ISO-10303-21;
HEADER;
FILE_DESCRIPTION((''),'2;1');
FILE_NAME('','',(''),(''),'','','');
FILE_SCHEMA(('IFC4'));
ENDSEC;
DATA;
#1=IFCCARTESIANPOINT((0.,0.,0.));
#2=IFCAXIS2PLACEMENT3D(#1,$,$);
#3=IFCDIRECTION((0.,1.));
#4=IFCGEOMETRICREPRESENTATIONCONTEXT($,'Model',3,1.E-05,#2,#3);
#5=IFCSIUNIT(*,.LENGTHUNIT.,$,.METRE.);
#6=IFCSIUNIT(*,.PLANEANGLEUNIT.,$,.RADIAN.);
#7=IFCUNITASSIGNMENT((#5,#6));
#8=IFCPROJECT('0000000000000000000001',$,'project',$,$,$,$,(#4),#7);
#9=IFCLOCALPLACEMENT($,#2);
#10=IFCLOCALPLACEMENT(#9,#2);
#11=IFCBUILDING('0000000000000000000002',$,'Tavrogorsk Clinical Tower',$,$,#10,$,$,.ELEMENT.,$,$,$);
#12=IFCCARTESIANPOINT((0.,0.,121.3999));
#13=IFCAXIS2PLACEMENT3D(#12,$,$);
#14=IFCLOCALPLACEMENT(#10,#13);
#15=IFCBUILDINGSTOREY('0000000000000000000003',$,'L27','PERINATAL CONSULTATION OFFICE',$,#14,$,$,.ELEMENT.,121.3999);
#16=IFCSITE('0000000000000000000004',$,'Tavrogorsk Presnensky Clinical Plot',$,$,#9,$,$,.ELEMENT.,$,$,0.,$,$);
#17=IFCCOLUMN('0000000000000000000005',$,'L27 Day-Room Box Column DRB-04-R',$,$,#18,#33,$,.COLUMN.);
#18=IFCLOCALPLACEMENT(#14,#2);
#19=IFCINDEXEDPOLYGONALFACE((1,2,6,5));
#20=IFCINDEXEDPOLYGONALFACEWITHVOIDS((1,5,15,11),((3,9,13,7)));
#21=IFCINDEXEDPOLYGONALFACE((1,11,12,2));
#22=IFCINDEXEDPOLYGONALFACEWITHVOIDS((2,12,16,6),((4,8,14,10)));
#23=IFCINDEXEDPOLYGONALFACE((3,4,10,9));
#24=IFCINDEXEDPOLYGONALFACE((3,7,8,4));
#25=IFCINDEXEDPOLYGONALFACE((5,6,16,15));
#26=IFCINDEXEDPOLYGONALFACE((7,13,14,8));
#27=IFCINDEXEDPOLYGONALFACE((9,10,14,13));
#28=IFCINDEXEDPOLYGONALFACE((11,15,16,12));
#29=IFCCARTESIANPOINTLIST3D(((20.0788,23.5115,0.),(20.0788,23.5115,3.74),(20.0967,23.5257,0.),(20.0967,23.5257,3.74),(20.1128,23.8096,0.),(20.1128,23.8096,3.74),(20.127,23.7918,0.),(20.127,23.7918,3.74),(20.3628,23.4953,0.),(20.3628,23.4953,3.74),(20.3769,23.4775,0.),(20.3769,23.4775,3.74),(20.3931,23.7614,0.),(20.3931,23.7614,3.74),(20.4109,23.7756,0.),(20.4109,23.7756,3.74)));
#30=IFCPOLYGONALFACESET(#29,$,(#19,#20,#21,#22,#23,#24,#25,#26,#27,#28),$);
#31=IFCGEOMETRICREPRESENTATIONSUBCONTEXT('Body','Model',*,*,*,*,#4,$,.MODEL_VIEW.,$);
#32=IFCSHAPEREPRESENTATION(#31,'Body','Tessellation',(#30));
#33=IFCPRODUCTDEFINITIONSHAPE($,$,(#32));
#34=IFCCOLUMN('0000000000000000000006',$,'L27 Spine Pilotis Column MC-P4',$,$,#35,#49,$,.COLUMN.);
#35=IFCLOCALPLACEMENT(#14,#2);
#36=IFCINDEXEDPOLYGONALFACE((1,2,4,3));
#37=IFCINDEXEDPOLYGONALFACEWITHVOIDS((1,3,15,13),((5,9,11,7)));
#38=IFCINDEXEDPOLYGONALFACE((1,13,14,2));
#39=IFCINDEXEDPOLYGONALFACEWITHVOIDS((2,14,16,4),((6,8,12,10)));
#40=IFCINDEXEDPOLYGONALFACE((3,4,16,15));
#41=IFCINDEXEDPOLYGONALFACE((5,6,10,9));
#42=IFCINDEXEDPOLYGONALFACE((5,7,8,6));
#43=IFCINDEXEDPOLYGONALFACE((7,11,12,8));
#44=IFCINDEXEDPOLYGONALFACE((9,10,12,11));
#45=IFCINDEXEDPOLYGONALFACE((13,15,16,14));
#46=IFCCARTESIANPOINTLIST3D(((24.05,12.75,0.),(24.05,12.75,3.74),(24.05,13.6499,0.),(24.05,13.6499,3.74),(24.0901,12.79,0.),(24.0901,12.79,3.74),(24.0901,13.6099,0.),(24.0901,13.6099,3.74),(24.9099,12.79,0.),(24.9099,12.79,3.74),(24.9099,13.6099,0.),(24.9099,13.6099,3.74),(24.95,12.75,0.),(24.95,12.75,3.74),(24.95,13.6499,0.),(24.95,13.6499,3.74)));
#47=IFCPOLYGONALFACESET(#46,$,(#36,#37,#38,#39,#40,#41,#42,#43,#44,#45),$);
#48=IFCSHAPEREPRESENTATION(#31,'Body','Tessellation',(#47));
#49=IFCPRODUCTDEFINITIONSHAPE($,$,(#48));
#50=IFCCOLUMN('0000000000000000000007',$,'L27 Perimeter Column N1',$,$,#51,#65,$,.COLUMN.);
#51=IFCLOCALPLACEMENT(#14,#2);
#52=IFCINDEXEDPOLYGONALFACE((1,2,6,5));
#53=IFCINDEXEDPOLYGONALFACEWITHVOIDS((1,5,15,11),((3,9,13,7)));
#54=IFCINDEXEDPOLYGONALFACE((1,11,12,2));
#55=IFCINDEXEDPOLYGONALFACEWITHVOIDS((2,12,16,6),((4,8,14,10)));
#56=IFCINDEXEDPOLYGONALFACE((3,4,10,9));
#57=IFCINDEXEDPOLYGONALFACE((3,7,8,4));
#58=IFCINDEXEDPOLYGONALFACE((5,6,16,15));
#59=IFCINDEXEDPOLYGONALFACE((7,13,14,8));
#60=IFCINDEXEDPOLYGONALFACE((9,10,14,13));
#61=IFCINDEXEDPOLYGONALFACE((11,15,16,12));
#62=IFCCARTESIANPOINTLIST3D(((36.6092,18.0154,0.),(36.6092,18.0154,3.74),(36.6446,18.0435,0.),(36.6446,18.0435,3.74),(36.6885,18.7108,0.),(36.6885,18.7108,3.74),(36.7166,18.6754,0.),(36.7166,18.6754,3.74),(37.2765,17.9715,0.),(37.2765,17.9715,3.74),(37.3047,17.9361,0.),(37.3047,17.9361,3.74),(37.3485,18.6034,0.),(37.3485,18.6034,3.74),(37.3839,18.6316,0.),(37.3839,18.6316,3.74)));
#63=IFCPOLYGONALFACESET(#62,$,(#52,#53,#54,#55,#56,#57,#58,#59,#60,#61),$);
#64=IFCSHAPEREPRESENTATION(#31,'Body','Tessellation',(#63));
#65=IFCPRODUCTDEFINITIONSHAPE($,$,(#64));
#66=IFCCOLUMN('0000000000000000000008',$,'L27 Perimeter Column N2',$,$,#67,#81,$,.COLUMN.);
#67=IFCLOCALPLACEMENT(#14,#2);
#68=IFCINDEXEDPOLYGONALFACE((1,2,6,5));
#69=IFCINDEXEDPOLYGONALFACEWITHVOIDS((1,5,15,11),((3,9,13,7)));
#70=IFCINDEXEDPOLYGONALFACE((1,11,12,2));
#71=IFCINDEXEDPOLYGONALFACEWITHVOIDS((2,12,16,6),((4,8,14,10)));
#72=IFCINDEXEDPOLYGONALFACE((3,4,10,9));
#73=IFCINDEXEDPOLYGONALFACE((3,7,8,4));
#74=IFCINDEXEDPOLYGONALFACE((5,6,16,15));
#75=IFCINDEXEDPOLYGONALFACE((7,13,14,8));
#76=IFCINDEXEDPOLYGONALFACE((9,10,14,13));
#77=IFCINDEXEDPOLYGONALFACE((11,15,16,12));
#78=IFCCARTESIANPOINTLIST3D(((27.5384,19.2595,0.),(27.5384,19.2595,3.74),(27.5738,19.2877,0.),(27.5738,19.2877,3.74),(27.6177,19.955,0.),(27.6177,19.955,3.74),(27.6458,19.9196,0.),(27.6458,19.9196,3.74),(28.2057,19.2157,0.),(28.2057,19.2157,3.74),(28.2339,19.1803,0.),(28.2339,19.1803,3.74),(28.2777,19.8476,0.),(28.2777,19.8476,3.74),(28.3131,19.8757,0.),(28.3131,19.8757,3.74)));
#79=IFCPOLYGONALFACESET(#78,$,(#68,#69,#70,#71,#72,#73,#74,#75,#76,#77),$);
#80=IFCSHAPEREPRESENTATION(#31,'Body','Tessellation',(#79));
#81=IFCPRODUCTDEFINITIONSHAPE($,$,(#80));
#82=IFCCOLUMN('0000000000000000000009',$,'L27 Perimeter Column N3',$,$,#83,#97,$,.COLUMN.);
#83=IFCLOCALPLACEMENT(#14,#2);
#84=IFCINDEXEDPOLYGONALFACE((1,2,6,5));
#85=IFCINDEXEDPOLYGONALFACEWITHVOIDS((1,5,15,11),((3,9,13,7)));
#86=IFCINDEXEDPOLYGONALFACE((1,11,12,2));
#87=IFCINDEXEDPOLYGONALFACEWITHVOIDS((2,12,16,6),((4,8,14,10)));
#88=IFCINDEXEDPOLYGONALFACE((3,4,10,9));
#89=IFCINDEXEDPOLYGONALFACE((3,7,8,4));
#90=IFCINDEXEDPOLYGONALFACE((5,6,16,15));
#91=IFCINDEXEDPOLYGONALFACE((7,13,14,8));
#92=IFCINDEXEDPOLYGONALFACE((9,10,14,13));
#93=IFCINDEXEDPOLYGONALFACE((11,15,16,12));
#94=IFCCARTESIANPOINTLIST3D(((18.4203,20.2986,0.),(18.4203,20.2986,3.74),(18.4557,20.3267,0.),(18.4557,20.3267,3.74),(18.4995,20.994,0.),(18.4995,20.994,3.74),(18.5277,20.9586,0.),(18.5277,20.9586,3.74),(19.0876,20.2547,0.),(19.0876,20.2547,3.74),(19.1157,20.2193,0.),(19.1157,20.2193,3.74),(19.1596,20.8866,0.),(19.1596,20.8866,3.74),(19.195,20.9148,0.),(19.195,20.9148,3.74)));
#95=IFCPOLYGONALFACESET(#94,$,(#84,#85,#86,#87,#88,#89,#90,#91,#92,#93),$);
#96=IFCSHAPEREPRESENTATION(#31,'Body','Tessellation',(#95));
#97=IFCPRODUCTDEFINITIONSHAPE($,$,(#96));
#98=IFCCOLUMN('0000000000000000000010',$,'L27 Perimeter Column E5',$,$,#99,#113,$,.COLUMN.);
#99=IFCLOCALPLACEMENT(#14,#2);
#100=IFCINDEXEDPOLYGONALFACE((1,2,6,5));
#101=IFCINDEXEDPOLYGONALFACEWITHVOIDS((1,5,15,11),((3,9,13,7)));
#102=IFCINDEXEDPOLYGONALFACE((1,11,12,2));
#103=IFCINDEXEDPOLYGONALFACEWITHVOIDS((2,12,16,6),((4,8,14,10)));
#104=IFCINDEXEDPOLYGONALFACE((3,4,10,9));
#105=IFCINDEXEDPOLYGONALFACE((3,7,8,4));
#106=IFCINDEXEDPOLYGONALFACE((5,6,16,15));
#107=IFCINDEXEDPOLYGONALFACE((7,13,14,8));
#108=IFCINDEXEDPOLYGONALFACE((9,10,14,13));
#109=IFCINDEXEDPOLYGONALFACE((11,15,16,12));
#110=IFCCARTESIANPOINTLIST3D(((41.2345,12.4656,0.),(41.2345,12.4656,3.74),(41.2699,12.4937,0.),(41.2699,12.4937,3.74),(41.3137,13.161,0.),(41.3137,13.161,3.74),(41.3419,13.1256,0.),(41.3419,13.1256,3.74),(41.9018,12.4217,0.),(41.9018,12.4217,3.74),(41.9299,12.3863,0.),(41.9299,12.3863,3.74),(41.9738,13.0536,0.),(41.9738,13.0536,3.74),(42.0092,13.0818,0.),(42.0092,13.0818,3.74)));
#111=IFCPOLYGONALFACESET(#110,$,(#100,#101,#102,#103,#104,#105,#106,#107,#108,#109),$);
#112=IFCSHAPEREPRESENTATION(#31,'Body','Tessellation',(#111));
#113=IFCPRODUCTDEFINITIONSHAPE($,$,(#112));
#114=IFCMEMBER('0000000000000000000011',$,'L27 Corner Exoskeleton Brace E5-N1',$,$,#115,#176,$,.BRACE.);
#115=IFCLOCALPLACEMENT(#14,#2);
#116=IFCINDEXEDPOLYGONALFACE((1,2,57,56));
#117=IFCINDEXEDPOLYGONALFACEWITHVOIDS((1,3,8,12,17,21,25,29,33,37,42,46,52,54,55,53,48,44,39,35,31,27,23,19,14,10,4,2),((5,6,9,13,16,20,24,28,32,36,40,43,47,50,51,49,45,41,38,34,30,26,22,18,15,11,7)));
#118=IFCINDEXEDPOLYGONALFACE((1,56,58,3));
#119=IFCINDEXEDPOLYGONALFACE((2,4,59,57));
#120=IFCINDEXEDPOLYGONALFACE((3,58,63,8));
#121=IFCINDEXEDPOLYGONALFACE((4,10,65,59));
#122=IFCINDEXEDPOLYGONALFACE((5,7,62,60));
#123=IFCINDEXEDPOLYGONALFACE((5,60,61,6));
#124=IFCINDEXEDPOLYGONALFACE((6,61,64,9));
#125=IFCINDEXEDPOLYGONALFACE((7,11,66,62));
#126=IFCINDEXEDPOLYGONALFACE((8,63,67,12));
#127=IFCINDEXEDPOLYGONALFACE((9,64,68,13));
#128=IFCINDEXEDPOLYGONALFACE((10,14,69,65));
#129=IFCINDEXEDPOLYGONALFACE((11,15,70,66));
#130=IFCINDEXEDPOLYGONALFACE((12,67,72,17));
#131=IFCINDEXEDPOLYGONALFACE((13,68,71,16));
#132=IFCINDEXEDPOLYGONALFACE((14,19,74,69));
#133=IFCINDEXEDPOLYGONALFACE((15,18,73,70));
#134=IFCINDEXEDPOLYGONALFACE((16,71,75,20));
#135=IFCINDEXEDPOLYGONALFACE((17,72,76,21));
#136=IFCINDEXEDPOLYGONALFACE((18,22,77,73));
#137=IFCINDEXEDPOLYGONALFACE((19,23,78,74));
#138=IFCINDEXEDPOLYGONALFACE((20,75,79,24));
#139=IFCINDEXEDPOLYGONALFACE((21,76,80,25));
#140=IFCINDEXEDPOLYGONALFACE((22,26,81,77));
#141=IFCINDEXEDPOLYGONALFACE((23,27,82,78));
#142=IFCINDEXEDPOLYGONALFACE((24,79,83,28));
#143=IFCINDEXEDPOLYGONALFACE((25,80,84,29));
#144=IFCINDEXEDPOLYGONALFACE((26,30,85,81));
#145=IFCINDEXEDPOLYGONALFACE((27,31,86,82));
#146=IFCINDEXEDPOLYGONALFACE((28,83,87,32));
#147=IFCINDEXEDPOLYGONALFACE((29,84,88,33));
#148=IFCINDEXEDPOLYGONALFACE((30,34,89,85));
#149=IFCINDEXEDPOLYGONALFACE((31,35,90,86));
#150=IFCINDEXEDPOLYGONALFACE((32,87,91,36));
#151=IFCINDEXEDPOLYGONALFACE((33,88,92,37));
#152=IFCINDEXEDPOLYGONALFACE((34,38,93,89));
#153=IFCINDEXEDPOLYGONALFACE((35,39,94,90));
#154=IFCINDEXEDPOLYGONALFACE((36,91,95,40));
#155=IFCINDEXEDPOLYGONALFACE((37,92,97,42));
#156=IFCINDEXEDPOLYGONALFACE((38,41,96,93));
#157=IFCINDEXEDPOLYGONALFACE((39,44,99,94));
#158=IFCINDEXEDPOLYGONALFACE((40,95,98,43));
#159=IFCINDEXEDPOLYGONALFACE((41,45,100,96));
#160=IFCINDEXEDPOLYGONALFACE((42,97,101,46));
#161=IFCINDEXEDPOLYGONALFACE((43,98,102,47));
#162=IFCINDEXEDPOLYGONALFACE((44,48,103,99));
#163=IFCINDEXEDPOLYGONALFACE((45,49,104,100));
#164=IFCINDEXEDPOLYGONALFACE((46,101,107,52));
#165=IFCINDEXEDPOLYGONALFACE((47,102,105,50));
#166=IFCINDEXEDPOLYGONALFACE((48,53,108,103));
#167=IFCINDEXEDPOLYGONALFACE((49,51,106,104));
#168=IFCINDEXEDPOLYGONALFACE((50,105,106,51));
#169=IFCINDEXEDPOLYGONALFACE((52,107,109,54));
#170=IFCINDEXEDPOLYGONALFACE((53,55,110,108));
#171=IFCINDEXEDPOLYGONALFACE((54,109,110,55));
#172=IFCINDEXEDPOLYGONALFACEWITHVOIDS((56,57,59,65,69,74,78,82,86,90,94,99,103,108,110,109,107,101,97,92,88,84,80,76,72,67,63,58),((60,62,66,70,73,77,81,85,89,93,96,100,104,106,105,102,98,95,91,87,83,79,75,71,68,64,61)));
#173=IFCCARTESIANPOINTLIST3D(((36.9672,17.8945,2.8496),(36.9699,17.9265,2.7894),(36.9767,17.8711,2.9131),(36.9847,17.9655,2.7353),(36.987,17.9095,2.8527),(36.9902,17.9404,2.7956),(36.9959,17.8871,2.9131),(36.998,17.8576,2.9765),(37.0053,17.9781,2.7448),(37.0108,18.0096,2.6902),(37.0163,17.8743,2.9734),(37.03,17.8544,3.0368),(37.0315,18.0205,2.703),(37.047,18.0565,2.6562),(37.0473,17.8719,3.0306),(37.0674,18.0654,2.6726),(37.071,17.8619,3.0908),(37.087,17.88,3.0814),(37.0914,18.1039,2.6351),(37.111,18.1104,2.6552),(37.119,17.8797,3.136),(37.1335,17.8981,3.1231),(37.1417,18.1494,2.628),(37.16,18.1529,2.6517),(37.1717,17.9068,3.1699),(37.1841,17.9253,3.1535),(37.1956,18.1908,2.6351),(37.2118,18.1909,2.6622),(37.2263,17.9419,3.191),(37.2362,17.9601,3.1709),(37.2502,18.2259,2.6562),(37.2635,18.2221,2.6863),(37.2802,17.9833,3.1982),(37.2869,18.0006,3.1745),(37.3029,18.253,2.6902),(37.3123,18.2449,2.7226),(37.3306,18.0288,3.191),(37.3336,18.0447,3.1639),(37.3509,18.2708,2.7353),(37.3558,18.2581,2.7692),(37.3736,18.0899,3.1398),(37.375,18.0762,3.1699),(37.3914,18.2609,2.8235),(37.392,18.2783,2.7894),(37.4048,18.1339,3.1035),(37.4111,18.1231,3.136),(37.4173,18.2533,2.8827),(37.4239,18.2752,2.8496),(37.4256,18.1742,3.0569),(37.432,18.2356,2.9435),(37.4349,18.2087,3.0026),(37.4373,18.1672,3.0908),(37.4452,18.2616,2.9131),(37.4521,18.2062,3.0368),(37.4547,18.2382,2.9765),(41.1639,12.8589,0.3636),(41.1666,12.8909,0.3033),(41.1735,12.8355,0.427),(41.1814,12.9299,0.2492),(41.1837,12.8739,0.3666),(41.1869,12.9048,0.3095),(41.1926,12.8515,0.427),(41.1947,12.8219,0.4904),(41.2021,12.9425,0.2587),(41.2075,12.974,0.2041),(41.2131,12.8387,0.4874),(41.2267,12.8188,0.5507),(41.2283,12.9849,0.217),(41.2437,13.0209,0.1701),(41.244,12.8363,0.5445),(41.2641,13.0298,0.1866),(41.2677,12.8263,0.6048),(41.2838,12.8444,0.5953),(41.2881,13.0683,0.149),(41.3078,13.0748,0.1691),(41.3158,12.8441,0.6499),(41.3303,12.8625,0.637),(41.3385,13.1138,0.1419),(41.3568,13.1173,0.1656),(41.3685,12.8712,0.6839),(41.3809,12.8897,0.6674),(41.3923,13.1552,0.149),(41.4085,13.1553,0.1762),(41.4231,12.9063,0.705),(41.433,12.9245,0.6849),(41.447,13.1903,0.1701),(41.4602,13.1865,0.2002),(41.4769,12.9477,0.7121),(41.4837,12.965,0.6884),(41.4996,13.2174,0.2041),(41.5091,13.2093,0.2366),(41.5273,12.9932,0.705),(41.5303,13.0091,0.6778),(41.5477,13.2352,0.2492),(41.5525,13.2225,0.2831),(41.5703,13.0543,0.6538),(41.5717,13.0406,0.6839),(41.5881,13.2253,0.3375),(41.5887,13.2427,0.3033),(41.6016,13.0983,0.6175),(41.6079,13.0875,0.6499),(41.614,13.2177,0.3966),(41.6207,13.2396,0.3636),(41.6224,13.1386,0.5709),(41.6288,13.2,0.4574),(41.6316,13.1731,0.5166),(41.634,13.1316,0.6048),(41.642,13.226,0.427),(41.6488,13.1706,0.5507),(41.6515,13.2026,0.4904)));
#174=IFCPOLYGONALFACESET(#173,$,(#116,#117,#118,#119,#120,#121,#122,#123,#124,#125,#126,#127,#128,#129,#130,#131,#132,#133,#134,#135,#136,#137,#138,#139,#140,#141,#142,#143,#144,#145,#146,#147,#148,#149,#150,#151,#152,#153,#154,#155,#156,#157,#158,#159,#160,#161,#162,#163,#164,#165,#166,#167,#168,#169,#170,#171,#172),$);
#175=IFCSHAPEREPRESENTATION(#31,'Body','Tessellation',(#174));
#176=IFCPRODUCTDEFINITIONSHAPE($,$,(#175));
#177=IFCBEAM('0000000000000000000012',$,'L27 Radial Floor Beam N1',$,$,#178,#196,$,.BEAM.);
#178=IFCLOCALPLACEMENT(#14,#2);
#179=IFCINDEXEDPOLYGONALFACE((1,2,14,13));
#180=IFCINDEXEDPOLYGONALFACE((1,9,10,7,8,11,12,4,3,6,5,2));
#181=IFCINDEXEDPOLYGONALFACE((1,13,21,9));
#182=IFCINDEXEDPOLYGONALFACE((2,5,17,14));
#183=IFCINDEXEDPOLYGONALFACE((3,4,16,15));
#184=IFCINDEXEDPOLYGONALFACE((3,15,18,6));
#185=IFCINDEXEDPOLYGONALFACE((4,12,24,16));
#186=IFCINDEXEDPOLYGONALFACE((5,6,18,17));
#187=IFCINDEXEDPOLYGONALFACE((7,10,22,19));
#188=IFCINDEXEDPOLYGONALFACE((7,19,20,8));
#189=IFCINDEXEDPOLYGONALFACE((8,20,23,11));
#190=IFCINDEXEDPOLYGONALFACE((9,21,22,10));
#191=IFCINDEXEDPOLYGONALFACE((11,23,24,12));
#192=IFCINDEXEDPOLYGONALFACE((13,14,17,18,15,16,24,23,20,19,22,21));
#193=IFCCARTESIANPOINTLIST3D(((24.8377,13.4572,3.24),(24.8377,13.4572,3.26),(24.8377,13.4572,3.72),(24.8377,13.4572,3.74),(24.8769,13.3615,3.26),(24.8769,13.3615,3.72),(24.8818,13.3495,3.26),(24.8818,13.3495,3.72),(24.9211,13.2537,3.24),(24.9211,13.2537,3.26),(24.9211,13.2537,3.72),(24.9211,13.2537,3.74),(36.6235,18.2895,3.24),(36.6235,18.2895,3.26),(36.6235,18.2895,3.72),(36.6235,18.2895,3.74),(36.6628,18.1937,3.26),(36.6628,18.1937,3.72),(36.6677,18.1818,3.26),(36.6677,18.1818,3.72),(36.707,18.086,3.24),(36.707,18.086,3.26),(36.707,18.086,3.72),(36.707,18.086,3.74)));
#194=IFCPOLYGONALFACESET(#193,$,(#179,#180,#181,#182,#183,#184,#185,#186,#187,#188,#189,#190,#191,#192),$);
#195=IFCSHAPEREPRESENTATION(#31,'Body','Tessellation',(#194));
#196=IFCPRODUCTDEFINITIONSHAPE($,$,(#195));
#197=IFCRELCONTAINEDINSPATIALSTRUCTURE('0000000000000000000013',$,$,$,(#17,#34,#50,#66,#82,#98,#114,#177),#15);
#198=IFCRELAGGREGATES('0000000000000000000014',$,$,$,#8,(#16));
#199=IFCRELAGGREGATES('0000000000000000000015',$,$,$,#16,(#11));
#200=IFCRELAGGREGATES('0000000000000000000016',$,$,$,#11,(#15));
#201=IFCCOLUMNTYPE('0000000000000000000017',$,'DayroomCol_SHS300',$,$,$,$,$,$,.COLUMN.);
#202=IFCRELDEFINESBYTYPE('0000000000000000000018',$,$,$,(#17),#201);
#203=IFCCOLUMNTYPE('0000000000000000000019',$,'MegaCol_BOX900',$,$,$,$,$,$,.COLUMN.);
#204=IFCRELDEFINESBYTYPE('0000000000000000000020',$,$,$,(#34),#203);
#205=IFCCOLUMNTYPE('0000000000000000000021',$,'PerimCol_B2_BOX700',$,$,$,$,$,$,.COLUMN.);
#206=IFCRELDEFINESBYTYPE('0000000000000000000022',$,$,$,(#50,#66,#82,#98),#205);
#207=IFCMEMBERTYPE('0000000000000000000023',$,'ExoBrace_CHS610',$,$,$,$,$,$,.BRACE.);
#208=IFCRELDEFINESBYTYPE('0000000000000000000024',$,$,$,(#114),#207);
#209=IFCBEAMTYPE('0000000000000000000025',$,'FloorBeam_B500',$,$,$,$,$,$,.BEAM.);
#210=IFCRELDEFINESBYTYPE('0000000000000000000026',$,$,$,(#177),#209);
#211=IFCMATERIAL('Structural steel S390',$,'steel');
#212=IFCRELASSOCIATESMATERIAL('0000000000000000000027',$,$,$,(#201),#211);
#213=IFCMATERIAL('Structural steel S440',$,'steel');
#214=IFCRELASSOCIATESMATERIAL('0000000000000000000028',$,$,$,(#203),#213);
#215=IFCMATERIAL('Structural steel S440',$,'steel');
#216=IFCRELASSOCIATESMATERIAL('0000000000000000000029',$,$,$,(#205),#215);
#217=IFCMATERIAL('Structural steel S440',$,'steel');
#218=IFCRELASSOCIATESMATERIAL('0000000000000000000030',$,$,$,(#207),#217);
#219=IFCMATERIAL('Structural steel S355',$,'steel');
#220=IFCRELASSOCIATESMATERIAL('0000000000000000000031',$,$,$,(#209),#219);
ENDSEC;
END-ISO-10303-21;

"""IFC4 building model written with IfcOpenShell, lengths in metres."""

from ifc_helpers import new_model, si_unit, direction, frame, origin, origin_2d, place, context, subcontext, project, spatial, hollow_rectangle, hollow_circle, i_section, extrude, material, material_profile, profile_set, type_object, element, save


model = new_model("IFC4")

# Units and contexts
model_context = context("Model", 3, precision=1e-05, world=origin(), true_north=direction((0.0, 1.0)))
body_context = subcontext(model_context, "Body", "Model", "MODEL_VIEW")
ifc_project = project(units=[si_unit("LENGTHUNIT", "METRE"), si_unit("PLANEANGLEUNIT", "RADIAN")], contexts=[model_context])

# Site, building, storey
site_placement = place(None, origin())
site = spatial("IfcSite", under=ifc_project, at=site_placement, Name="Tavrogorsk Presnensky Clinical Plot", CompositionType="ELEMENT", RefElevation=0.0)
building_placement = place(site_placement, origin())
building = spatial("IfcBuilding", under=site, at=building_placement, Name="Tavrogorsk Clinical Tower", CompositionType="ELEMENT")
storey_placement = place(building_placement, frame((0.0, 0.0, 121.3999)))
storey = spatial("IfcBuildingStorey", under=building, at=storey_placement, Name="L27", Description="PERINATAL CONSULTATION OFFICE", CompositionType="ELEMENT", Elevation=121.3999)

# Columns
ifc_material_1 = material(Name="Structural steel S390", Category="steel")
ifc_material_profile_1 = material_profile(ifc_material_1, hollow_rectangle(XDim=0.3, YDim=0.3, WallThickness=0.0161, at=origin_2d()), Name="SHS-300x300x16")
ifc_profile_set_1 = profile_set([ifc_material_profile_1], Name="Structural steel S390")
column_type_1 = type_object("IfcColumnType", Name="DayroomCol_SHS300", PredefinedType="COLUMN", material=ifc_profile_set_1)
column_1_placement = place(storey_placement, frame((20.2449, 23.6436, 0.0), z_axis=(0.0, 0.0, 1.0), x_axis=(0.993572, -0.113203, 0.0)))
element("IfcColumn", 1, at=column_1_placement, inside=storey, type_object=column_type_1, Name="L27 Day-Room Box Column DRB-04-R", PredefinedType="COLUMN", context=body_context, shape_type="SweptSolid", body=[
    extrude(hollow_rectangle(XDim=0.3, YDim=0.3, WallThickness=0.0161, at=origin_2d()), origin(), (0.0, 0.0, 1.0), 3.74),
])
ifc_material_2 = material(Name="Structural steel S440", Category="steel")
ifc_material_profile_2 = material_profile(ifc_material_2, hollow_rectangle(XDim=0.8999, YDim=0.8999, WallThickness=0.04, at=origin_2d()), Name="BOX-900x900x40")
ifc_profile_set_2 = profile_set([ifc_material_profile_2], Name="Structural steel S440")
column_type_2 = type_object("IfcColumnType", Name="MegaCol_BOX900", PredefinedType="COLUMN", material=ifc_profile_set_2)
column_2_placement = place(storey_placement, frame((24.5, 13.2, 0.0), z_axis=(0.0, 0.0, 1.0), x_axis=(1.0, 0.0, 0.0)))
element("IfcColumn", 2, at=column_2_placement, inside=storey, type_object=column_type_2, Name="L27 Spine Pilotis Column MC-P4", PredefinedType="COLUMN", context=body_context, shape_type="SweptSolid", body=[
    extrude(hollow_rectangle(XDim=0.8999, YDim=0.8999, WallThickness=0.04, at=origin_2d()), origin(), (0.0, 0.0, 1.0), 3.74),
])
ifc_material_3 = material(Name="Structural steel S440", Category="steel")
ifc_material_profile_3 = material_profile(ifc_material_3, hollow_rectangle(XDim=0.7, YDim=0.7, WallThickness=0.032, at=origin_2d()), Name="BOX-700x700x32")
ifc_profile_set_3 = profile_set([ifc_material_profile_3], Name="Structural steel S440")
column_type_3 = type_object("IfcColumnType", Name="PerimCol_B2_BOX700", PredefinedType="COLUMN", material=ifc_profile_set_3)
for number, where, z_axis, x_axis, name in (
    (3, (36.9966, 18.3235, 0.0), (0.0, 0.0, 1.0), (0.993572, -0.113203, 0.0), "L27 Perimeter Column N1"),
    (4, (27.9258, 19.5676, 0.0), (0.0, 0.0, 1.0), (0.993572, -0.113203, 0.0), "L27 Perimeter Column N2"),
    (5, (18.8076, 20.6067, 0.0), (0.0, 0.0, 1.0), (0.993572, -0.113203, 0.0), "L27 Perimeter Column N3"),
    (6, (41.6218, 12.7737, 0.0), (0.0, 0.0, 1.0), (0.993572, -0.113203, 0.0), "L27 Perimeter Column E5"),
):
    element("IfcColumn", number, at=place(storey_placement, frame(where, z_axis=z_axis, x_axis=x_axis)), inside=storey, type_object=column_type_3, Name=name, PredefinedType="COLUMN", context=body_context, shape_type="SweptSolid", body=[
        extrude(hollow_rectangle(XDim=0.7, YDim=0.7, WallThickness=0.032, at=origin_2d()), origin(), (0.0, 0.0, 1.0), 3.74),
    ])

# Member
ifc_material_4 = material(Name="Structural steel S440", Category="steel")
ifc_material_profile_4 = material_profile(ifc_material_4, hollow_circle(Radius=0.3049, WallThickness=0.0249, at=origin_2d()), Name="CHS-610x25")
ifc_profile_set_4 = profile_set([ifc_material_profile_4], Name="Structural steel S440")
member_type = type_object("IfcMemberType", Name="ExoBrace_CHS610", PredefinedType="BRACE", material=ifc_profile_set_4)
member_placement = place(storey_placement, frame((41.4077, 13.0308, 0.427), z_axis=(-0.598616, 0.71827, 0.354608), x_axis=(-0.768191, -0.640221, 0.0)))
element("IfcMember", 7, at=member_placement, inside=storey, type_object=member_type, Name="L27 Corner Exoskeleton Brace E5-N1", PredefinedType="BRACE", context=body_context, shape_type="SweptSolid", body=[
    extrude(hollow_circle(Radius=0.3049, WallThickness=0.0249, at=origin_2d()), origin(), (0.0, 0.0, 1.0), 7.0107),
])

# Beam
ifc_material_5 = material(Name="Structural steel S355", Category="steel")
ifc_material_profile_5 = material_profile(ifc_material_5, i_section(OverallWidth=0.22, OverallDepth=0.5, WebThickness=0.0129, FlangeThickness=0.02, at=origin_2d()), Name="B-500x220x13x20")
ifc_profile_set_5 = profile_set([ifc_material_profile_5], Name="Structural steel S355")
beam_type_1 = type_object("IfcBeamType", Name="FloorBeam_B500", PredefinedType="BEAM", material=ifc_profile_set_5)
beam_1_placement = place(storey_placement, frame((24.8794, 13.3555, 3.49), z_axis=(0.92525, 0.379357, 0.0), x_axis=(-0.379357, 0.92525, 0.0)))
element("IfcBeam", 8, at=beam_1_placement, inside=storey, type_object=beam_type_1, Name="L27 Radial Floor Beam N1", PredefinedType="BEAM", context=body_context, shape_type="SweptSolid", body=[
    extrude(i_section(OverallWidth=0.22, OverallDepth=0.5, WebThickness=0.0129, FlangeThickness=0.02, at=origin_2d()), origin(), (0.0, 0.0, 1.0), 12.738),
])

save(model, "model.ifc")
